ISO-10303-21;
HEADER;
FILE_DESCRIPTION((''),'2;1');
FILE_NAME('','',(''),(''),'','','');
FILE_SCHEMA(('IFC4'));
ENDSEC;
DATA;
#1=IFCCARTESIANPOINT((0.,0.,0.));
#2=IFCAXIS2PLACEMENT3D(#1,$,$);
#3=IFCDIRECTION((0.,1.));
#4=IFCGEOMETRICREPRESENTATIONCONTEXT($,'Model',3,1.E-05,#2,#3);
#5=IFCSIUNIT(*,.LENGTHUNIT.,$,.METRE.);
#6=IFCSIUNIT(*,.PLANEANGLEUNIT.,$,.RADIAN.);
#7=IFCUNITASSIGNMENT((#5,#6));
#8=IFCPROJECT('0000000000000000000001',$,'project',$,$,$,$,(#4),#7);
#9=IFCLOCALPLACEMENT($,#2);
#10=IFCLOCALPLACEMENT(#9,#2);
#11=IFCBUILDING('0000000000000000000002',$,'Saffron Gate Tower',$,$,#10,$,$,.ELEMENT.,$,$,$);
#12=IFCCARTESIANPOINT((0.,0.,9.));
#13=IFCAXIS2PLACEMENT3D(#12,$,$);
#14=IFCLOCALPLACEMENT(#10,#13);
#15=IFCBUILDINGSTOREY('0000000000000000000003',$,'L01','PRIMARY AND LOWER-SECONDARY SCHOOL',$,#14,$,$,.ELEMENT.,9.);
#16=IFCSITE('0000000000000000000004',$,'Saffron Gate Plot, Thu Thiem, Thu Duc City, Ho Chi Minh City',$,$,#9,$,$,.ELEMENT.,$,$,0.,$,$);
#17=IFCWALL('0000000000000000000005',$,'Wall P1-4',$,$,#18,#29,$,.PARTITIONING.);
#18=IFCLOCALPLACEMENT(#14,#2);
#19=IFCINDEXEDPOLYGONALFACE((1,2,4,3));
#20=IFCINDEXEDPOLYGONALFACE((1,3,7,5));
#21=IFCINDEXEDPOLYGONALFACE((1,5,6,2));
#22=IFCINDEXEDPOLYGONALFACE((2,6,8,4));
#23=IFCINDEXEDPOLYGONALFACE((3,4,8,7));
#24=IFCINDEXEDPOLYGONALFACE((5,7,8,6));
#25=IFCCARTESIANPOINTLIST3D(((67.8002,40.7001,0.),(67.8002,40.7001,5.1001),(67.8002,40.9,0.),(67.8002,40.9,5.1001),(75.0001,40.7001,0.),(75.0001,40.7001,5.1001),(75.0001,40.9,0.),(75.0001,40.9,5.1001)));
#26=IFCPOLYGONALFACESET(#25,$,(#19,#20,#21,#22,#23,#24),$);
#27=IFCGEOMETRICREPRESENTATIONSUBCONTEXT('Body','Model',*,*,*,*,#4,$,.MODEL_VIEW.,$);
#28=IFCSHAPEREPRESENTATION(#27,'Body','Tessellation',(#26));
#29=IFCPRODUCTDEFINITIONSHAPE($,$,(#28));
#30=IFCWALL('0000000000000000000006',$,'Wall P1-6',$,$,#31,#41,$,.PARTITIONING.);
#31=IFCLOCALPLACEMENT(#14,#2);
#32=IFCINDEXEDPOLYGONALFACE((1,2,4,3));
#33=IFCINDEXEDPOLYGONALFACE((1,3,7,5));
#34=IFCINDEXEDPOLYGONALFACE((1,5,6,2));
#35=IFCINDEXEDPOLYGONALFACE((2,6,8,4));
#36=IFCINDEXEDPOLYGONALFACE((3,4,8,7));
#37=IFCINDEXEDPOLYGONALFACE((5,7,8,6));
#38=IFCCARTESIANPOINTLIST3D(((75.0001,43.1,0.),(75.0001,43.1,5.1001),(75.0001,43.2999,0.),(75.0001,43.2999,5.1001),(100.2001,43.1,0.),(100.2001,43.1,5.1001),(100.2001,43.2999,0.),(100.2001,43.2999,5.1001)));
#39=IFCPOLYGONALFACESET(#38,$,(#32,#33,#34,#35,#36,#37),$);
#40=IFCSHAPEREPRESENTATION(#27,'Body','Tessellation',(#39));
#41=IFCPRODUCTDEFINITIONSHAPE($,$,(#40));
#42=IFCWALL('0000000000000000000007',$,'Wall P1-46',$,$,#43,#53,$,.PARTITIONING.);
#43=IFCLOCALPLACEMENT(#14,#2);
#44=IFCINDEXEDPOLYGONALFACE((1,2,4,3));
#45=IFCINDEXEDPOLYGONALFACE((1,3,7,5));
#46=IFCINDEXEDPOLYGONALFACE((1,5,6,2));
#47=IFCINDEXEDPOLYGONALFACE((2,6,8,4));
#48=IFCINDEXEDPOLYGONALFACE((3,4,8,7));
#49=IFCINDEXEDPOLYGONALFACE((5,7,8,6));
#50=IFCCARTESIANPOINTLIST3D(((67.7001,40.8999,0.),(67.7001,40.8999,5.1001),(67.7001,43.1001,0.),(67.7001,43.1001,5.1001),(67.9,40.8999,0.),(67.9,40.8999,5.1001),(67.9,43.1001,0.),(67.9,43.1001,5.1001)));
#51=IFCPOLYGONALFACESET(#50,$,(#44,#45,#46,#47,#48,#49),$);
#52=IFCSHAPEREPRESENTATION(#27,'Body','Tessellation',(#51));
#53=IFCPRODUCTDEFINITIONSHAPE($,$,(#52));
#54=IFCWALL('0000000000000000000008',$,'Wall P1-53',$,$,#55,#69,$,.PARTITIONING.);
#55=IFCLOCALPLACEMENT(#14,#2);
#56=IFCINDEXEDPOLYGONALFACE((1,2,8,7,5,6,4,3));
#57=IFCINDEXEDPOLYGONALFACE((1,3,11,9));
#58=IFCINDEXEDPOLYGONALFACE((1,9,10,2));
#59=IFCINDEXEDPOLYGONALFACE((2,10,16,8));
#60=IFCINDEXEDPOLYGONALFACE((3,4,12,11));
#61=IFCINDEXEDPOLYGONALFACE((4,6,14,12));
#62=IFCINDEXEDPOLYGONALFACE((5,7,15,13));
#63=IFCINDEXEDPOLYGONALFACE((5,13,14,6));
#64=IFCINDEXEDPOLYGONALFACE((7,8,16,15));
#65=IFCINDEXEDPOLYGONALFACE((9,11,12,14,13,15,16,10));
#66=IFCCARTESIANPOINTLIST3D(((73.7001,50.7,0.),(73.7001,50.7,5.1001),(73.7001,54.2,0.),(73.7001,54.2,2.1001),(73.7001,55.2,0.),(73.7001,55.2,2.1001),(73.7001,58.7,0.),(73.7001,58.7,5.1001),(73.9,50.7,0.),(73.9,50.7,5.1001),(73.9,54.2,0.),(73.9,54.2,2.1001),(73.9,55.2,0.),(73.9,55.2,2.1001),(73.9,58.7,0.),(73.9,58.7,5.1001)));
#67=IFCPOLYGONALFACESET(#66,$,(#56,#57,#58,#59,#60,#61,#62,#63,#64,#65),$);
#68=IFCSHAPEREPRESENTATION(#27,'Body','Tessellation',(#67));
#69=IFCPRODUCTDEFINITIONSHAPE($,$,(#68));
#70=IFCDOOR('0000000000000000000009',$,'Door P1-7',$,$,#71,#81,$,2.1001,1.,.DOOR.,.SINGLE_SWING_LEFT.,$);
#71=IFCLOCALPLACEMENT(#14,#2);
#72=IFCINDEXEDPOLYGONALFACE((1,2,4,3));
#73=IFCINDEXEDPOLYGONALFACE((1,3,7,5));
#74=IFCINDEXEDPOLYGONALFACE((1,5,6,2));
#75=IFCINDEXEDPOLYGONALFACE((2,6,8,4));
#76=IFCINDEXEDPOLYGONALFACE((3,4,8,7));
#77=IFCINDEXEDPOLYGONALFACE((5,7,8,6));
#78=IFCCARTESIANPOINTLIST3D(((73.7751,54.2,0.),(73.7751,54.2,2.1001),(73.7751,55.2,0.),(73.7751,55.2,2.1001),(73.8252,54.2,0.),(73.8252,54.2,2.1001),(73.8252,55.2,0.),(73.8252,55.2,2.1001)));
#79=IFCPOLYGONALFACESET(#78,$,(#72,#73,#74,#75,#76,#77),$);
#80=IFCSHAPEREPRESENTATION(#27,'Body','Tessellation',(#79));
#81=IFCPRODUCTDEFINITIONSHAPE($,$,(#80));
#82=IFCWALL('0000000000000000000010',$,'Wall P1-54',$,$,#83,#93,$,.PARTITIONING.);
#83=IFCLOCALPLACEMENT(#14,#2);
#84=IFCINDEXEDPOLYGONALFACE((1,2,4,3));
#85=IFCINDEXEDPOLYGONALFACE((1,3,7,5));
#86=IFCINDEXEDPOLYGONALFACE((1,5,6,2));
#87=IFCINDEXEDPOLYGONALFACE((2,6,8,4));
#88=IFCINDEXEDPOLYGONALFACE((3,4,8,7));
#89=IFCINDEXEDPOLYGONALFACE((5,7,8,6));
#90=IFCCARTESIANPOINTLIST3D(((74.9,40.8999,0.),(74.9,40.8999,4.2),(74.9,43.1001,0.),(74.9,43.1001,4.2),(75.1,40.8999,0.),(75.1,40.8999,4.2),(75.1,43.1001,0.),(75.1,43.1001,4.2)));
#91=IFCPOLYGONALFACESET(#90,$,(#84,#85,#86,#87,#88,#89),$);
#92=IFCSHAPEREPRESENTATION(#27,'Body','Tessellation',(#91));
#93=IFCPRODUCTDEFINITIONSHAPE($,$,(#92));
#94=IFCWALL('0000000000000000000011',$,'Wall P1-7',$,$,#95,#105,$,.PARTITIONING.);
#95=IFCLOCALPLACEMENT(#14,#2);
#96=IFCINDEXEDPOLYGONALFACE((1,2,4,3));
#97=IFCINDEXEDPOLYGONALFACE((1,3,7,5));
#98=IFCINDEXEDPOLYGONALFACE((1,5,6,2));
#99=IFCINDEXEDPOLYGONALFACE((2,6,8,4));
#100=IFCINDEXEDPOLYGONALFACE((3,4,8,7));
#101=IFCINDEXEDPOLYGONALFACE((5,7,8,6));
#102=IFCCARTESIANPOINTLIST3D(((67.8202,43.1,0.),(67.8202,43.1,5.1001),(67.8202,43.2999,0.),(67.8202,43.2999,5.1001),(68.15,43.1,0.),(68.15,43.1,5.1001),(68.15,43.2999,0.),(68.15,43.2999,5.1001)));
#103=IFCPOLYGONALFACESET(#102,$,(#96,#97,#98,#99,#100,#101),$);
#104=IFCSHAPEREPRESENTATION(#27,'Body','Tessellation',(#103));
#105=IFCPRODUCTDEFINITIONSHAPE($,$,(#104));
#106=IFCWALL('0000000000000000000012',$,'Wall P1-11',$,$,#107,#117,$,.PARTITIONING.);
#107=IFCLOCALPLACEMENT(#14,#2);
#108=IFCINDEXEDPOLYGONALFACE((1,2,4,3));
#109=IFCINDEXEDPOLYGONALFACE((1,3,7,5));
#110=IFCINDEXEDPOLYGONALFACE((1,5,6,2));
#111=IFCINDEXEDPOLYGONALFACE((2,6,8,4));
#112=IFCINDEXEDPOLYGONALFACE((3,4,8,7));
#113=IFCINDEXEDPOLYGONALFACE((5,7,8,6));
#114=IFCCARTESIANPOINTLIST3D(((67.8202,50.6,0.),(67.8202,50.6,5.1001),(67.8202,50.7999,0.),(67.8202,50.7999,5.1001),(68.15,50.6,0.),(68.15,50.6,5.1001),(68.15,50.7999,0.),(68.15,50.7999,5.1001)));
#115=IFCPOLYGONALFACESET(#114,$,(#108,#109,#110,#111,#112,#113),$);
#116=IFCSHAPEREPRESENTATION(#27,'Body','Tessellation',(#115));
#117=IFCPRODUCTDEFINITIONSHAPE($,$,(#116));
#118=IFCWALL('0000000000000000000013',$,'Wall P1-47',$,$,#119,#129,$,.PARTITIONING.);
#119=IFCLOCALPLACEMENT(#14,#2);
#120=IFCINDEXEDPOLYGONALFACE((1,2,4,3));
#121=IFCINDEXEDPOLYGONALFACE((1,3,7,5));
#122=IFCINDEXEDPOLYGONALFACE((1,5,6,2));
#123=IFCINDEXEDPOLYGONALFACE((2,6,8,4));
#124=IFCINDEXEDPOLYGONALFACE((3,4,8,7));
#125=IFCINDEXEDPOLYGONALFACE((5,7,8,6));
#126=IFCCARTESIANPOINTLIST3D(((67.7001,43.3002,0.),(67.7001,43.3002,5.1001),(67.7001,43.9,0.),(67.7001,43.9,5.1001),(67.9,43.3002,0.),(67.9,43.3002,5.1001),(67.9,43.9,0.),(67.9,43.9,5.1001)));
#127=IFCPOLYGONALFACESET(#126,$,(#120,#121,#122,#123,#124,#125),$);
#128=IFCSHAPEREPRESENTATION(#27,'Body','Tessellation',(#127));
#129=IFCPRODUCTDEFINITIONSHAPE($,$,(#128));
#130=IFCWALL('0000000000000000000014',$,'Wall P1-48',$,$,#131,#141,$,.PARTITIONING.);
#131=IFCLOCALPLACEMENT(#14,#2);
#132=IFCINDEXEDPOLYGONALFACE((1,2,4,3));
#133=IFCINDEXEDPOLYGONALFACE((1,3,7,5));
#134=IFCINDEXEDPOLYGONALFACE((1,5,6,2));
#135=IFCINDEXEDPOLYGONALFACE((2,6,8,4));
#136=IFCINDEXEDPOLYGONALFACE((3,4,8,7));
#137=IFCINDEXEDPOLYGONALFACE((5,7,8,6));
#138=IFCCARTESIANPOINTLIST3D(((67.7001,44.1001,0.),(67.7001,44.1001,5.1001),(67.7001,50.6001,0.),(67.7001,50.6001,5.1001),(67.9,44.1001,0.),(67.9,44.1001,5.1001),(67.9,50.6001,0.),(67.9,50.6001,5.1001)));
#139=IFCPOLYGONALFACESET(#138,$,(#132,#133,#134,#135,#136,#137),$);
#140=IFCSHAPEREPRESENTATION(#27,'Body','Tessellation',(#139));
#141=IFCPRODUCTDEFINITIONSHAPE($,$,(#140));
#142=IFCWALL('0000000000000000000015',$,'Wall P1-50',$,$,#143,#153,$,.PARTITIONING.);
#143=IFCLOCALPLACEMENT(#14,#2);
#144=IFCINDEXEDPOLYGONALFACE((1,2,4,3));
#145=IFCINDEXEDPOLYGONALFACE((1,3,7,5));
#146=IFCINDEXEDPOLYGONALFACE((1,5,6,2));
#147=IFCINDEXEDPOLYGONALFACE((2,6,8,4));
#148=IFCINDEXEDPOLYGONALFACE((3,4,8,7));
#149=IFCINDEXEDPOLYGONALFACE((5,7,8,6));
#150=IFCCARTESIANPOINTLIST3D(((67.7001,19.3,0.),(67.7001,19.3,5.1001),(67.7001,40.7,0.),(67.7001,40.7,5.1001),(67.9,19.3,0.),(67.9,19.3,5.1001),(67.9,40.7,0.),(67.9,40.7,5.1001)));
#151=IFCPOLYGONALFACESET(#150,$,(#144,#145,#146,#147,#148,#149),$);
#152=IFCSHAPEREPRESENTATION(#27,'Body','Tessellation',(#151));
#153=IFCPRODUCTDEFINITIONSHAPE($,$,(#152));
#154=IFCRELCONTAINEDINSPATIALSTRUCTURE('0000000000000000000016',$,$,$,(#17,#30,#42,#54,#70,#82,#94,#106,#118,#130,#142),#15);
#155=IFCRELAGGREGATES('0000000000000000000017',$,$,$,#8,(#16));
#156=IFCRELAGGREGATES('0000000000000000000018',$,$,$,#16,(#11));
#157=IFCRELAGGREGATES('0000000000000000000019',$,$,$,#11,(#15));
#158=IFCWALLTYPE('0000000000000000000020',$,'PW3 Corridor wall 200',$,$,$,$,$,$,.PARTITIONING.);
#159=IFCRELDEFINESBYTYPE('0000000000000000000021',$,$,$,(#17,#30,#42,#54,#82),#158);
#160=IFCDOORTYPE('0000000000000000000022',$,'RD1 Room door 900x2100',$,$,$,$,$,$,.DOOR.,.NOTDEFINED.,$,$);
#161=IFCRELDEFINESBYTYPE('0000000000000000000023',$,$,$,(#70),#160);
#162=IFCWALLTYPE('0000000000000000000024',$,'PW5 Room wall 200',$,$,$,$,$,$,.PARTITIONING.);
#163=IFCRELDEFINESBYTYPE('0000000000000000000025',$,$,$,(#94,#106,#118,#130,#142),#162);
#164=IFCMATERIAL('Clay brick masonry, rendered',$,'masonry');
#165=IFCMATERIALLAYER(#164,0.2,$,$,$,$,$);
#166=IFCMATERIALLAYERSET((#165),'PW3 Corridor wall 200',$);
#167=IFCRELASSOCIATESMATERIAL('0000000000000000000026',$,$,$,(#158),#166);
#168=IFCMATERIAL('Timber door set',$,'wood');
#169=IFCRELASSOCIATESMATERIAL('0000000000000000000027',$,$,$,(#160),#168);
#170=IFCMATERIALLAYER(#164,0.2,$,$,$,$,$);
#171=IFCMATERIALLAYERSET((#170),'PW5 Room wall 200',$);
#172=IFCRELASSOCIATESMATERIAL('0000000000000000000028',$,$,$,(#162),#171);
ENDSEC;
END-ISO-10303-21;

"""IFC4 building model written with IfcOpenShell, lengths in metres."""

from ifc_helpers import new_model, si_unit, direction, frame, frame_2d, origin, place, context, subcontext, project, spatial, rectangle, extrude, material, layer, layer_set, type_object, element, fill, save


model = new_model("IFC4")

# Units and contexts
model_context = context("Model", 3, precision=1e-05, world=origin(), true_north=direction((0.0, 1.0)))
body_context = subcontext(model_context, "Body", "Model", "MODEL_VIEW")
ifc_project = project(units=[si_unit("LENGTHUNIT", "METRE"), si_unit("PLANEANGLEUNIT", "RADIAN")], contexts=[model_context])

# Site, building, storey
site_placement = place(None, origin())
site = spatial("IfcSite", under=ifc_project, at=site_placement, Name="Saffron Gate Plot, Thu Thiem, Thu Duc City, Ho Chi Minh City", CompositionType="ELEMENT", RefElevation=0.0)
building_placement = place(site_placement, origin())
building = spatial("IfcBuilding", under=site, at=building_placement, Name="Saffron Gate Tower", CompositionType="ELEMENT")
storey_placement = place(building_placement, frame((0.0, 0.0, 9.0)))
storey = spatial("IfcBuildingStorey", under=building, at=storey_placement, Name="L01", Description="PRIMARY AND LOWER-SECONDARY SCHOOL", CompositionType="ELEMENT", Elevation=9.0)

# Walls
ifc_material_1 = material(Name="Clay brick masonry, rendered", Category="masonry")
ifc_layer_1 = layer(ifc_material_1, 0.2)
ifc_layer_set_1 = layer_set([ifc_layer_1], Name="PW3 Corridor wall 200")
wall_type_1 = type_object("IfcWallType", Name="PW3 Corridor wall 200", PredefinedType="PARTITIONING", material=ifc_layer_set_1)
wall_1_placement = place(storey_placement, frame((67.8, 40.8, 0.0), z_axis=(0.0, 0.0, 1.0), x_axis=(1.0, 0.0, 0.0)))
element("IfcWall", 1, at=wall_1_placement, inside=storey, type_object=wall_type_1, Name="Wall P1-4", PredefinedType="PARTITIONING", context=body_context, shape_type="SweptSolid", body=[
    extrude(rectangle(XDim=7.2, YDim=0.2, at=frame_2d((3.6001, 0.0))), origin(), (0.0, 0.0, 1.0), 5.1001),
])
wall_2_placement = place(storey_placement, frame((75.0, 43.2, 0.0), z_axis=(0.0, 0.0, 1.0), x_axis=(1.0, 0.0, 0.0)))
element("IfcWall", 2, at=wall_2_placement, inside=storey, type_object=wall_type_1, Name="Wall P1-6", PredefinedType="PARTITIONING", context=body_context, shape_type="SweptSolid", body=[
    extrude(rectangle(XDim=25.2, YDim=0.2, at=frame_2d((12.6001, 0.0))), origin(), (0.0, 0.0, 1.0), 5.1001),
])
wall_3_placement = place(storey_placement, frame((67.8, 43.1001, 0.0), z_axis=(0.0, 0.0, 1.0), x_axis=(0.0, -1.0, 0.0)))
element("IfcWall", 3, at=wall_3_placement, inside=storey, type_object=wall_type_1, Name="Wall P1-46", PredefinedType="PARTITIONING", context=body_context, shape_type="SweptSolid", body=[
    extrude(rectangle(XDim=2.2002, YDim=0.2, at=frame_2d((1.1001, 0.0))), origin(), (0.0, 0.0, 1.0), 5.1001),
])

# Wall, opening, door
wall_4_placement = place(storey_placement, frame((73.8, 50.7, 0.0), z_axis=(0.0, 0.0, 1.0), x_axis=(0.0, 1.0, 0.0)))
wall_4 = element("IfcWall", 4, at=wall_4_placement, inside=storey, type_object=wall_type_1, Name="Wall P1-53", PredefinedType="PARTITIONING", context=body_context, shape_type="SweptSolid", body=[
    extrude(rectangle(XDim=8.0, YDim=0.2, at=frame_2d((4.0, 0.0))), origin(), (0.0, 0.0, 1.0), 5.1001),
])
opening_1_placement = place(wall_4_placement, frame((3.5, 0.0, 0.0)))
opening_1 = element("IfcOpeningElement", 5, at=opening_1_placement, cuts=wall_4, PredefinedType="OPENING", context=body_context, shape_type="SweptSolid", body=[
    extrude(rectangle(XDim=1.0, YDim=2.1001, at=frame_2d((0.5, 1.05))), frame((0.0, 0.1099, 0.0), z_axis=(0.0, -1.0, 0.0), x_axis=(1.0, 0.0, 0.0)), (0.0, 0.0, 1.0), 0.22),
])
ifc_material_2 = material(Name="Timber door set", Category="wood")
door_type_1 = type_object("IfcDoorType", Name="RD1 Room door 900x2100", OperationType="NOTDEFINED", PredefinedType="DOOR", material=ifc_material_2)
door_1_placement = place(opening_1_placement, origin())
door_1 = element("IfcDoor", 6, at=door_1_placement, inside=storey, type_object=door_type_1, Name="Door P1-7", OperationType="SINGLE_SWING_LEFT", OverallHeight=2.1001, OverallWidth=1.0, PredefinedType="DOOR", context=body_context, shape_type="SweptSolid", body=[
    extrude(rectangle(XDim=1.0, YDim=2.1001, at=frame_2d((0.5, 1.05))), frame((0.0, 0.0249, 0.0), z_axis=(0.0, -1.0, 0.0), x_axis=(1.0, 0.0, 0.0)), (0.0, 0.0, 1.0), 0.05),
])
fill(opening_1, door_1)

# Walls
wall_5_placement = place(storey_placement, frame((75.0, 43.1001, 0.0), z_axis=(0.0, 0.0, 1.0), x_axis=(0.0, -1.0, 0.0)))
element("IfcWall", 7, at=wall_5_placement, inside=storey, type_object=wall_type_1, Name="Wall P1-54", PredefinedType="PARTITIONING", context=body_context, shape_type="SweptSolid", body=[
    extrude(rectangle(XDim=2.2002, YDim=0.2, at=frame_2d((1.1001, 0.0))), origin(), (0.0, 0.0, 1.0), 4.2),
])
ifc_layer_2 = layer(ifc_material_1, 0.2)
ifc_layer_set_2 = layer_set([ifc_layer_2], Name="PW5 Room wall 200")
wall_type_2 = type_object("IfcWallType", Name="PW5 Room wall 200", PredefinedType="PARTITIONING", material=ifc_layer_set_2)
for number, where, z_axis, x_axis, name in (
    (8, (67.8201, 43.2, 0.0), (0.0, 0.0, 1.0), (1.0, 0.0, 0.0), "Wall P1-7"),
    (9, (67.8201, 50.7, 0.0), (0.0, 0.0, 1.0), (1.0, 0.0, 0.0), "Wall P1-11"),
):
    element("IfcWall", number, at=place(storey_placement, frame(where, z_axis=z_axis, x_axis=x_axis)), inside=storey, type_object=wall_type_2, Name=name, PredefinedType="PARTITIONING", context=body_context, shape_type="SweptSolid", body=[
        extrude(rectangle(XDim=0.3298, YDim=0.2, at=frame_2d((0.165, 0.0))), origin(), (0.0, 0.0, 1.0), 5.1001),
    ])
wall_6_placement = place(storey_placement, frame((67.8, 43.8999, 0.0), z_axis=(0.0, 0.0, 1.0), x_axis=(0.0, -1.0, 0.0)))
element("IfcWall", 10, at=wall_6_placement, inside=storey, type_object=wall_type_2, Name="Wall P1-47", PredefinedType="PARTITIONING", context=body_context, shape_type="SweptSolid", body=[
    extrude(rectangle(XDim=0.5999, YDim=0.2, at=frame_2d((0.2998, 0.0))), origin(), (0.0, 0.0, 1.0), 5.1001),
])
wall_7_placement = place(storey_placement, frame((67.8, 50.6001, 0.0), z_axis=(0.0, 0.0, 1.0), x_axis=(0.0, -1.0, 0.0)))
element("IfcWall", 11, at=wall_7_placement, inside=storey, type_object=wall_type_2, Name="Wall P1-48", PredefinedType="PARTITIONING", context=body_context, shape_type="SweptSolid", body=[
    extrude(rectangle(XDim=6.5, YDim=0.2, at=frame_2d((3.25, 0.0))), origin(), (0.0, 0.0, 1.0), 5.1001),
])
wall_8_placement = place(storey_placement, frame((67.8, 40.7, 0.0), z_axis=(0.0, 0.0, 1.0), x_axis=(0.0, -1.0, 0.0)))
element("IfcWall", 12, at=wall_8_placement, inside=storey, type_object=wall_type_2, Name="Wall P1-50", PredefinedType="PARTITIONING", context=body_context, shape_type="SweptSolid", body=[
    extrude(rectangle(XDim=21.3999, YDim=0.2, at=frame_2d((10.7, 0.0))), origin(), (0.0, 0.0, 1.0), 5.1001),
])

save(model, "model.ifc")
